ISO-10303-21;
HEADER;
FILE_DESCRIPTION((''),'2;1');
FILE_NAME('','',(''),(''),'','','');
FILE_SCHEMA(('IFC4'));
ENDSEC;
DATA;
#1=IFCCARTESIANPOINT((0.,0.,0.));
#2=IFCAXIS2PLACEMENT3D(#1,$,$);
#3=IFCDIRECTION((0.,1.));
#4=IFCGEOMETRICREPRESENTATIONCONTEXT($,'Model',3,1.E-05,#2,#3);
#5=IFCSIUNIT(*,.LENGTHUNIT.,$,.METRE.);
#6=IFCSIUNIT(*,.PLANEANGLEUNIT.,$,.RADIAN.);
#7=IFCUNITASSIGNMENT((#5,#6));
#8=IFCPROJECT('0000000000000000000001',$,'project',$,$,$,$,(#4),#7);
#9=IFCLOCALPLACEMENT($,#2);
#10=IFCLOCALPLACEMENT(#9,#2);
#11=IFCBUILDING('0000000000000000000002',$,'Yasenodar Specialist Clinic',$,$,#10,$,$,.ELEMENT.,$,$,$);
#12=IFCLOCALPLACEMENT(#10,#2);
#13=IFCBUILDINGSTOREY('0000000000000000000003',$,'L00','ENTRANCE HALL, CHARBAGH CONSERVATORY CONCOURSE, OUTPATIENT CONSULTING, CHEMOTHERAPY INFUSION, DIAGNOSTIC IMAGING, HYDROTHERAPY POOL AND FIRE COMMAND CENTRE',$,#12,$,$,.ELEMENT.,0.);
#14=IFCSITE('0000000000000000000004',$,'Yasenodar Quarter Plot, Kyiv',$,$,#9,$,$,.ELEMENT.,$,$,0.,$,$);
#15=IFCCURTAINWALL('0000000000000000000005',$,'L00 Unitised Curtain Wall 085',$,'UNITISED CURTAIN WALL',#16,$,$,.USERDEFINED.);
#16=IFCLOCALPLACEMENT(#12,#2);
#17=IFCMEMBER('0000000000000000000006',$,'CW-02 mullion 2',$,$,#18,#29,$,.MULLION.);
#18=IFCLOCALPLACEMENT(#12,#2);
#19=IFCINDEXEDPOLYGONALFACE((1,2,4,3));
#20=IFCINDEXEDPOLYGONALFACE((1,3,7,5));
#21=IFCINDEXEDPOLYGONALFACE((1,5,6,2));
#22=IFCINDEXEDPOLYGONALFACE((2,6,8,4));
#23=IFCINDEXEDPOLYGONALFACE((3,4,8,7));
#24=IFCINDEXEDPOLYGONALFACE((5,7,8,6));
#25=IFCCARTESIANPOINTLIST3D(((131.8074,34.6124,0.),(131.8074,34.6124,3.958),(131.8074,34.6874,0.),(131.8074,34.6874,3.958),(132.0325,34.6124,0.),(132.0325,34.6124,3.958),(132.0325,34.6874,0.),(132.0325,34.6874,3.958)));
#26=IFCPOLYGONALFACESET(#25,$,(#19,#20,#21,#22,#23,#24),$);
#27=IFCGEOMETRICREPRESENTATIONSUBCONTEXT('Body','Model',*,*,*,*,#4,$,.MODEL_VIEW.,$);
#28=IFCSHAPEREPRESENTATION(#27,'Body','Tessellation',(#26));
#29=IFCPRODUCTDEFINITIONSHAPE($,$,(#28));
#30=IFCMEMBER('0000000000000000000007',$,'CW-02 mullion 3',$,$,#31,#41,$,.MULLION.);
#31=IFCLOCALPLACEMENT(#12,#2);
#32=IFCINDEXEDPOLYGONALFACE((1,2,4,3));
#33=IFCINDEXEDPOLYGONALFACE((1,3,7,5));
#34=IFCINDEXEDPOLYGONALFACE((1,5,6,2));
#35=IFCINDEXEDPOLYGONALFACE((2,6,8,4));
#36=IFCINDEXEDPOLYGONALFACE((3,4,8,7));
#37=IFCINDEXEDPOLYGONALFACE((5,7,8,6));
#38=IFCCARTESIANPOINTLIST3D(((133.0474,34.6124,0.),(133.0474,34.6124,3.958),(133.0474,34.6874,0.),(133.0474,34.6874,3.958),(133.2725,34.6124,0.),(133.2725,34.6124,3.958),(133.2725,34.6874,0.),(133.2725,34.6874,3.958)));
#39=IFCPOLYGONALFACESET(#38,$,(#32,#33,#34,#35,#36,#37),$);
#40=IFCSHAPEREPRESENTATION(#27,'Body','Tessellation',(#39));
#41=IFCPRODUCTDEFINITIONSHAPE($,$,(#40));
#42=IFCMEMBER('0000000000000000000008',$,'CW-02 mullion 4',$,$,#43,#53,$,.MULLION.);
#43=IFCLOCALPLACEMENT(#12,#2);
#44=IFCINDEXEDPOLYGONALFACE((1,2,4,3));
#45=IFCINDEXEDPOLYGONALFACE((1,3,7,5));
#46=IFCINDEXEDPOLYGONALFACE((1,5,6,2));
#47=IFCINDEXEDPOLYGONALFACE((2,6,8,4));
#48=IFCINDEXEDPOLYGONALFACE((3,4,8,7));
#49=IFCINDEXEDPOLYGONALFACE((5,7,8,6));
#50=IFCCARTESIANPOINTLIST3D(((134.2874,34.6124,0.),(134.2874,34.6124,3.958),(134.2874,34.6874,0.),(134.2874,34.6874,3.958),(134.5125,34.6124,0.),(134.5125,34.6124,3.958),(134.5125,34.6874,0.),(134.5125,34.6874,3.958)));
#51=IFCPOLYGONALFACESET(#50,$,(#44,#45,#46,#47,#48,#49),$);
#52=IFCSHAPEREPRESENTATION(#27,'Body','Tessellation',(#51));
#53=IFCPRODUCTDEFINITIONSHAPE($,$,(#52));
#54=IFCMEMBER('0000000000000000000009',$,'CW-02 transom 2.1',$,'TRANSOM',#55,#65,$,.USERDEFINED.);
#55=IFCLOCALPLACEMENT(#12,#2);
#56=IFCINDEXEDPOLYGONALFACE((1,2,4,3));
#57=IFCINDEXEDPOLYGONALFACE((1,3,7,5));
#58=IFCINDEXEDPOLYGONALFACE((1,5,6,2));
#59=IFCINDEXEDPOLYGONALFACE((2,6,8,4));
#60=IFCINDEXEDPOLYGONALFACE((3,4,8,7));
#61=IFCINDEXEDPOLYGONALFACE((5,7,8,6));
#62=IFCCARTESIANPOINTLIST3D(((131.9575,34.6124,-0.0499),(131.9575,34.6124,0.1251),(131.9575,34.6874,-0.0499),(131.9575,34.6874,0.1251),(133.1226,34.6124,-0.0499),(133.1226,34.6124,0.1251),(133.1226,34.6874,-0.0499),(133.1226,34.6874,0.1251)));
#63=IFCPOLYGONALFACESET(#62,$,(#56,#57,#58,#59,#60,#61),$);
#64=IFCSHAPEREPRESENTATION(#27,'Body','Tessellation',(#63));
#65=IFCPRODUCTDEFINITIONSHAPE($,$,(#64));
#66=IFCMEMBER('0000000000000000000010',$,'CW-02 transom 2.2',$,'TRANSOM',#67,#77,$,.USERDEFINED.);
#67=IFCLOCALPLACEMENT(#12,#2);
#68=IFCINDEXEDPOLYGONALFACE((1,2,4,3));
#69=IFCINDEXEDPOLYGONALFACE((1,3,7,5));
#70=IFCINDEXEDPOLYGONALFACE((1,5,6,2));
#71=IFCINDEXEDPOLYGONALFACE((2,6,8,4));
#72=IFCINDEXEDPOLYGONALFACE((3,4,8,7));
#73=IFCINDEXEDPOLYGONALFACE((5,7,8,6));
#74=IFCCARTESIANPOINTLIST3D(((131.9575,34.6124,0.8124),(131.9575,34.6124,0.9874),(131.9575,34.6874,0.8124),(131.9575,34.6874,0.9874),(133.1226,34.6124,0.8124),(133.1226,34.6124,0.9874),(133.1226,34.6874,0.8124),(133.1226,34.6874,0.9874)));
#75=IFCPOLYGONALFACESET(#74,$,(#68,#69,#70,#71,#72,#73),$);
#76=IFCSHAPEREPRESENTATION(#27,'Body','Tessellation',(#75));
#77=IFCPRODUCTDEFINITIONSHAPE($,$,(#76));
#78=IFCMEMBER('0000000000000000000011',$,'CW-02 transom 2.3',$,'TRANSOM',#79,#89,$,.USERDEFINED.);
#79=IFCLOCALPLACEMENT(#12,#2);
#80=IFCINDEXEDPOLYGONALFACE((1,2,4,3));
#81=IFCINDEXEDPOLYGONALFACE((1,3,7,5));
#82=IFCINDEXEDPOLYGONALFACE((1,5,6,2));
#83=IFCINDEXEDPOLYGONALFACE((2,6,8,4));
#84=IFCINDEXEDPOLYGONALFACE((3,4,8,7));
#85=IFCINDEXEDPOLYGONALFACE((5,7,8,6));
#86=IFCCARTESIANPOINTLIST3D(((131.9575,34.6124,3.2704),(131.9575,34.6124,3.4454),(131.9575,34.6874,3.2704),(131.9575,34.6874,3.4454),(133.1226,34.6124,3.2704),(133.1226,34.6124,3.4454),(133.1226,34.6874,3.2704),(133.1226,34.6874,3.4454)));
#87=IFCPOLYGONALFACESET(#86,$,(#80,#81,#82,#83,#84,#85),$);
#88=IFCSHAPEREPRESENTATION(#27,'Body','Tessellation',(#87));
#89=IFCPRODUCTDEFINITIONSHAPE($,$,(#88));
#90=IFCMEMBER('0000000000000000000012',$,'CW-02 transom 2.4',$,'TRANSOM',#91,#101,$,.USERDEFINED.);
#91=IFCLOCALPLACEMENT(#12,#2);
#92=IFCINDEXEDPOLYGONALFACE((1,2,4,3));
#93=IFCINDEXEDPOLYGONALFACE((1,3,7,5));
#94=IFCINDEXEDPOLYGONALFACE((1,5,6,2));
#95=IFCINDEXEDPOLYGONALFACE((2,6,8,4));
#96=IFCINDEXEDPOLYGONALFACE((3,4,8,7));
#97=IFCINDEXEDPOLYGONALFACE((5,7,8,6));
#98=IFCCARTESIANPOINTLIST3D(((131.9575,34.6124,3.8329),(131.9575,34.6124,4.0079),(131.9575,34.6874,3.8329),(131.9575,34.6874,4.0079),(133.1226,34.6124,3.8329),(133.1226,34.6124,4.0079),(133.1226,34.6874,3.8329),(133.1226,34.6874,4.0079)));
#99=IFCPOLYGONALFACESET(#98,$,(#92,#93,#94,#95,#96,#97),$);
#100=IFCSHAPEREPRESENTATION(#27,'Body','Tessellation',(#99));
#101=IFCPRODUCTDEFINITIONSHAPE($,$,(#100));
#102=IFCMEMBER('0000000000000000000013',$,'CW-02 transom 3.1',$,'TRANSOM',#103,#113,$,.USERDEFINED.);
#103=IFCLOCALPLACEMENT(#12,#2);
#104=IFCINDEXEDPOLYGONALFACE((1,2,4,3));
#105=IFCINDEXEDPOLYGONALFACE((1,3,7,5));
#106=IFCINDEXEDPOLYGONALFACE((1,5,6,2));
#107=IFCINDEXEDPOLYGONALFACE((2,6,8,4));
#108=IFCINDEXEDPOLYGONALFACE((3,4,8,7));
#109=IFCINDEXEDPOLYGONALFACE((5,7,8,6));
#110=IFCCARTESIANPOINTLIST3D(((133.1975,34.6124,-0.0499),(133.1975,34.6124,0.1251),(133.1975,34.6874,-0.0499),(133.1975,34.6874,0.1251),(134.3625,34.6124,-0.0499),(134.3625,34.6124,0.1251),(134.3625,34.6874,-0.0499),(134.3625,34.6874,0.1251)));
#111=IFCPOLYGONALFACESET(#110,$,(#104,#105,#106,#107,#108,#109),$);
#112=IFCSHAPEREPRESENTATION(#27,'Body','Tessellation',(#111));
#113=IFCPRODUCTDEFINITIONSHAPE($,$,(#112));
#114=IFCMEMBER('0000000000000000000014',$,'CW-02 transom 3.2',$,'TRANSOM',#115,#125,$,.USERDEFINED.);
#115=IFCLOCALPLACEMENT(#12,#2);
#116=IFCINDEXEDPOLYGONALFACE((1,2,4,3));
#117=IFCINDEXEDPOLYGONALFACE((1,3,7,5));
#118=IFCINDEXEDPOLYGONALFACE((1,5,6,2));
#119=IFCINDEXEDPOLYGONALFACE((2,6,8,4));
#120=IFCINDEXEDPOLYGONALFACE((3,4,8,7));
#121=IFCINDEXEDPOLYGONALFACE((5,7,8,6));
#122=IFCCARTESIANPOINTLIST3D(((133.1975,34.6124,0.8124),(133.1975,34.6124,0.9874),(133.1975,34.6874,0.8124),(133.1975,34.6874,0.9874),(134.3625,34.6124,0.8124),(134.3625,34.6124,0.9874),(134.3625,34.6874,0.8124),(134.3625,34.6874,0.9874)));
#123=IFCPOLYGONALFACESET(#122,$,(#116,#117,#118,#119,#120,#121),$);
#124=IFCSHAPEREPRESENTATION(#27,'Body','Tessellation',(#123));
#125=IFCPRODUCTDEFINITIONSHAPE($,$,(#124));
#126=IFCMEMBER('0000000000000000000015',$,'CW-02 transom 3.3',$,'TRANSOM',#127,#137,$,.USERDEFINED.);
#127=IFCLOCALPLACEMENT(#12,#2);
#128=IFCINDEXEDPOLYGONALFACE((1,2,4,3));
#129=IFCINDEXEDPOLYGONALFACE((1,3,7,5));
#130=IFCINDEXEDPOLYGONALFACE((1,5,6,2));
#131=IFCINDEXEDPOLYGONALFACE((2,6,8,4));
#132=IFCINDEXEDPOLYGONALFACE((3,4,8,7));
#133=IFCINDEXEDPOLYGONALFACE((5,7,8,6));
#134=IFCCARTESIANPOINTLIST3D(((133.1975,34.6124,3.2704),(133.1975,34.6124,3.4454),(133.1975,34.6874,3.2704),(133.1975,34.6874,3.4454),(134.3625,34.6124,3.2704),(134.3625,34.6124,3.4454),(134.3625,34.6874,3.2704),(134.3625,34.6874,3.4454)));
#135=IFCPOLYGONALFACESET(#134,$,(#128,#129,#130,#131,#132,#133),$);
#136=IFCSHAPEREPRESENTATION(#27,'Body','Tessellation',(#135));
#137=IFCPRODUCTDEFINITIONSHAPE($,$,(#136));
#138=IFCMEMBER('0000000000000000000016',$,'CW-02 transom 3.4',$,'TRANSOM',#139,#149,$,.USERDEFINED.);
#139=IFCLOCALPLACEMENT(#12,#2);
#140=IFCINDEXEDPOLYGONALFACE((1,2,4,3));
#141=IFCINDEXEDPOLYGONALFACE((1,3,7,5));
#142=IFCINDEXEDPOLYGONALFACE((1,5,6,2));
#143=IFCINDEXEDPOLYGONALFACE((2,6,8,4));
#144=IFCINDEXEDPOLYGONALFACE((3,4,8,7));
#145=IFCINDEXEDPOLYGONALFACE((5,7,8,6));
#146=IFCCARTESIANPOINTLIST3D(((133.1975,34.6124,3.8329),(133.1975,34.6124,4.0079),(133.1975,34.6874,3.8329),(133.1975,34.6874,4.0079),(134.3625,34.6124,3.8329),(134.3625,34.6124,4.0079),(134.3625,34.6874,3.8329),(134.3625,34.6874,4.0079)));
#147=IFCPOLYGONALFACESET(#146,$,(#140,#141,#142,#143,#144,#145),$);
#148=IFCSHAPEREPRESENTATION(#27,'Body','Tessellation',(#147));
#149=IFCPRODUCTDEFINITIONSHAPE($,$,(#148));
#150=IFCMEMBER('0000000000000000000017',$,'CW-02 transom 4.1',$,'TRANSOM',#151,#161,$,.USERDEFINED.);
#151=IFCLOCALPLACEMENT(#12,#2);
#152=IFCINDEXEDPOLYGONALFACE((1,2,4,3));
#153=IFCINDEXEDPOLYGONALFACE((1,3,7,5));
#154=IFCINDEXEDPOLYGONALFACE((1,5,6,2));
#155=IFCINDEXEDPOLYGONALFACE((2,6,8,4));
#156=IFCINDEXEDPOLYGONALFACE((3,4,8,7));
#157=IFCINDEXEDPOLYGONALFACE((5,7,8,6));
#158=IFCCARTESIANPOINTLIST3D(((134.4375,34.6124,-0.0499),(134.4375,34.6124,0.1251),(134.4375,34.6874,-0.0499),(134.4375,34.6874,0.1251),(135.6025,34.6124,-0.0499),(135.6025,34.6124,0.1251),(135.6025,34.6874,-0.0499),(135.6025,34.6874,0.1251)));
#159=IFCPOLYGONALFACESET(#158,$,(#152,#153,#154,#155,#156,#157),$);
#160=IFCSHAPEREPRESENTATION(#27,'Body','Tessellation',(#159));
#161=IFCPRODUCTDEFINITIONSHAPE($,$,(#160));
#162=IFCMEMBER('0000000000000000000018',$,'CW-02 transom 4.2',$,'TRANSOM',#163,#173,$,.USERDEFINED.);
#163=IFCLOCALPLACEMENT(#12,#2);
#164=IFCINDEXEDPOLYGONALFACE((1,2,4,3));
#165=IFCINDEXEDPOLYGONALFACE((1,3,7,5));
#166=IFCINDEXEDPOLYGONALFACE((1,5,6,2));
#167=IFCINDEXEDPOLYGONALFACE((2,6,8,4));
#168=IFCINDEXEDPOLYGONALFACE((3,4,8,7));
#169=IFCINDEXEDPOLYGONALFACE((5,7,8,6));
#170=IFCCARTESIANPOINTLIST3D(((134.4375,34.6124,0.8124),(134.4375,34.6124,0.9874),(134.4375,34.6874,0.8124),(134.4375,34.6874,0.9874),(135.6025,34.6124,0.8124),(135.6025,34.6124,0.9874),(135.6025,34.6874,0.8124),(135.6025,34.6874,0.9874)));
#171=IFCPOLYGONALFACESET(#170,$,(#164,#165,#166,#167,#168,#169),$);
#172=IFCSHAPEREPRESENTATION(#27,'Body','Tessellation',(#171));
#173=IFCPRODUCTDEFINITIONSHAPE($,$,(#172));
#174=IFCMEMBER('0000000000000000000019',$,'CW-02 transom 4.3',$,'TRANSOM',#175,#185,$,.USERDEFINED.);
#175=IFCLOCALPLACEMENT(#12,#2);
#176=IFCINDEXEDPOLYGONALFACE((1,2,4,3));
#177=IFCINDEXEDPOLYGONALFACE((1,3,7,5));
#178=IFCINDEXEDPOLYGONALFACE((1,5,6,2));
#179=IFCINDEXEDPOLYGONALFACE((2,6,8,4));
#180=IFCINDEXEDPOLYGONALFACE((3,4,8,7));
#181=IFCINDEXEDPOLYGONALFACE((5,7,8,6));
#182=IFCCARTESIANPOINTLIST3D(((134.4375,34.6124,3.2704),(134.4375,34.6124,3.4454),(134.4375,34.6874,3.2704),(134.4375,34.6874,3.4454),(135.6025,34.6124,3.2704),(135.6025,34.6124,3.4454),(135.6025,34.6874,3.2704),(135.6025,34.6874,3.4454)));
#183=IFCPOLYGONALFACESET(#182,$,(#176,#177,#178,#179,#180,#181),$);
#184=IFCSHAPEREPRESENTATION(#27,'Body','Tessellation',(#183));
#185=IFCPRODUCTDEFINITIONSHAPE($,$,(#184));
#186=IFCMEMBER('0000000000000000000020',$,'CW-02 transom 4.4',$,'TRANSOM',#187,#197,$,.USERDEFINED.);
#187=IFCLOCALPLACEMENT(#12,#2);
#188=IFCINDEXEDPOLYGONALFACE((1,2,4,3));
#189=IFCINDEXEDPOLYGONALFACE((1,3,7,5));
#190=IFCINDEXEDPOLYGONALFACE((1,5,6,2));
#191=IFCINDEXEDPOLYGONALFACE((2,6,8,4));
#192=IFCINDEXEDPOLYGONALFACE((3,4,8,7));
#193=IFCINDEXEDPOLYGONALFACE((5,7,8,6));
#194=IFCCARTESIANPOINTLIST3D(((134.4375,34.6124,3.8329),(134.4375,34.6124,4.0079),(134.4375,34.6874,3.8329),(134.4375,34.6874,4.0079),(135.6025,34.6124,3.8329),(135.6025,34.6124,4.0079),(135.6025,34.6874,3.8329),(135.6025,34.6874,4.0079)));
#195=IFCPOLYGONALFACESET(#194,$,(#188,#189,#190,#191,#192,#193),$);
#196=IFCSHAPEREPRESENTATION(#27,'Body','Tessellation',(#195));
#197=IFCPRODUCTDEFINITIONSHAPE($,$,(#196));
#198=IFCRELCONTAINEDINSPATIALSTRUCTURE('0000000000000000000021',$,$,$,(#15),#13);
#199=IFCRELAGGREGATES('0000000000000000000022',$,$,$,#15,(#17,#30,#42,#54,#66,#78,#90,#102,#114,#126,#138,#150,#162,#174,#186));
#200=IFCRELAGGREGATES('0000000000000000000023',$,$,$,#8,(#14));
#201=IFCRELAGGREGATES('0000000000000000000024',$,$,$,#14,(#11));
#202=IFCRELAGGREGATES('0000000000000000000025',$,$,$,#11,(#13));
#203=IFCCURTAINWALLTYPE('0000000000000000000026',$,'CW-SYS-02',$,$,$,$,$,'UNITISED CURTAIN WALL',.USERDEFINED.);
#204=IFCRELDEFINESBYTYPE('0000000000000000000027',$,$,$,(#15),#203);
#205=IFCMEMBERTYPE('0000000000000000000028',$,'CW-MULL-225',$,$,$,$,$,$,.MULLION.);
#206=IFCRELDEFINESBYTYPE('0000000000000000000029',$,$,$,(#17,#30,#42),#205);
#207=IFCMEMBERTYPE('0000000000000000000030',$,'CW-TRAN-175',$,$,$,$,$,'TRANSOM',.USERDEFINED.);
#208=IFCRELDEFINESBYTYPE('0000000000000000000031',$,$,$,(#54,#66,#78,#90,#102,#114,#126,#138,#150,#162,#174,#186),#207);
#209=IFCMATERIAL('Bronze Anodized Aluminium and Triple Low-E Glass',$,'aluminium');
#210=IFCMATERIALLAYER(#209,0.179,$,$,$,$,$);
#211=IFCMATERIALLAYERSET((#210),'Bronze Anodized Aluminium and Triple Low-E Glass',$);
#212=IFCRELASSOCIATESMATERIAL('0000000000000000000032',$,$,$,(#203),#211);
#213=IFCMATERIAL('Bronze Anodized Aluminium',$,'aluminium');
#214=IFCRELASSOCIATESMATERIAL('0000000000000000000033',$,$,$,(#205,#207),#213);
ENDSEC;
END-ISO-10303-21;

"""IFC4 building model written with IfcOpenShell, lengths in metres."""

from ifc_helpers import new_model, si_unit, direction, frame, origin, origin_2d, place, context, subcontext, project, spatial, rectangle, extrude, material, layer, layer_set, material_profile, profile_set, type_object, element, aggregate, save


model = new_model("IFC4")

# Units and contexts
model_context = context("Model", 3, precision=1e-05, world=origin(), true_north=direction((0.0, 1.0)))
body_context = subcontext(model_context, "Body", "Model", "MODEL_VIEW")
ifc_project = project(units=[si_unit("LENGTHUNIT", "METRE"), si_unit("PLANEANGLEUNIT", "RADIAN")], contexts=[model_context])

# Site, building, storey
site_placement = place(None, origin())
site = spatial("IfcSite", under=ifc_project, at=site_placement, Name="Yasenodar Quarter Plot, Kyiv", CompositionType="ELEMENT", RefElevation=0.0)
building_placement = place(site_placement, origin())
building = spatial("IfcBuilding", under=site, at=building_placement, Name="Yasenodar Specialist Clinic", CompositionType="ELEMENT")
storey_placement = place(building_placement, origin())
storey = spatial("IfcBuildingStorey", under=building, at=storey_placement, Name="L00", Description="ENTRANCE HALL, CHARBAGH CONSERVATORY CONCOURSE, OUTPATIENT CONSULTING, CHEMOTHERAPY INFUSION, DIAGNOSTIC IMAGING, HYDROTHERAPY POOL AND FIRE COMMAND CENTRE", CompositionType="ELEMENT", Elevation=0.0)

# Curtain wall, members
ifc_material_1 = material(Name="Bronze Anodized Aluminium and Triple Low-E Glass", Category="aluminium")
ifc_layer_1 = layer(ifc_material_1, 0.179)
ifc_layer_set_1 = layer_set([ifc_layer_1], Name="Bronze Anodized Aluminium and Triple Low-E Glass")
curtain_wall_type = type_object("IfcCurtainWallType", Name="CW-SYS-02", ElementType="UNITISED CURTAIN WALL", PredefinedType="USERDEFINED", material=ifc_layer_set_1)
curtain_wall_placement = place(storey_placement, origin())
curtain_wall = element("IfcCurtainWall", 1, at=curtain_wall_placement, inside=storey, type_object=curtain_wall_type, Name="L00 Unitised Curtain Wall 085", ObjectType="UNITISED CURTAIN WALL", PredefinedType="USERDEFINED")
ifc_material_2 = material(Name="Bronze Anodized Aluminium", Category="aluminium")
ifc_material_profile_1 = material_profile(ifc_material_2, rectangle(XDim=0.075, YDim=0.2251, at=origin_2d()), Name="CW-MULL 75x225")
ifc_profile_set_1 = profile_set([ifc_material_profile_1], Name="Bronze Anodized Aluminium")
member_type_1 = type_object("IfcMemberType", Name="CW-MULL-225", PredefinedType="MULLION", material=ifc_profile_set_1)
member_1_placement = place(storey_placement, frame((131.9199, 34.6499, 0.0), z_axis=(0.0, 0.0, 1.0), x_axis=(0.0, 1.0, 0.0)))
member_1 = element("IfcMember", 2, at=member_1_placement, type_object=member_type_1, Name="CW-02 mullion 2", PredefinedType="MULLION", context=body_context, shape_type="SweptSolid", body=[
    extrude(rectangle(XDim=0.075, YDim=0.2251, at=origin_2d()), origin(), (0.0, 0.0, 1.0), 3.958),
])
member_2_placement = place(storey_placement, frame((133.1599, 34.6499, 0.0), z_axis=(0.0, 0.0, 1.0), x_axis=(0.0, 1.0, 0.0)))
member_2 = element("IfcMember", 3, at=member_2_placement, type_object=member_type_1, Name="CW-02 mullion 3", PredefinedType="MULLION", context=body_context, shape_type="SweptSolid", body=[
    extrude(rectangle(XDim=0.075, YDim=0.2251, at=origin_2d()), origin(), (0.0, 0.0, 1.0), 3.958),
])
member_3_placement = place(storey_placement, frame((134.3999, 34.6499, 0.0), z_axis=(0.0, 0.0, 1.0), x_axis=(0.0, 1.0, 0.0)))
member_3 = element("IfcMember", 4, at=member_3_placement, type_object=member_type_1, Name="CW-02 mullion 4", PredefinedType="MULLION", context=body_context, shape_type="SweptSolid", body=[
    extrude(rectangle(XDim=0.075, YDim=0.2251, at=origin_2d()), origin(), (0.0, 0.0, 1.0), 3.958),
])
ifc_material_profile_2 = material_profile(ifc_material_2, rectangle(XDim=0.075, YDim=0.175, at=origin_2d()), Name="CW-TRAN 75x175")
ifc_profile_set_2 = profile_set([ifc_material_profile_2], Name="Bronze Anodized Aluminium")
member_type_2 = type_object("IfcMemberType", Name="CW-TRAN-175", ElementType="TRANSOM", PredefinedType="USERDEFINED", material=ifc_profile_set_2)
member_4_placement = place(storey_placement, frame((131.9575, 34.6499, 0.0376), z_axis=(1.0, 0.0, 0.0), x_axis=(0.0, 1.0, 0.0)))
member_4 = element("IfcMember", 5, at=member_4_placement, type_object=member_type_2, Name="CW-02 transom 2.1", ObjectType="TRANSOM", PredefinedType="USERDEFINED", context=body_context, shape_type="SweptSolid", body=[
    extrude(rectangle(XDim=0.075, YDim=0.175, at=origin_2d()), origin(), (0.0, 0.0, 1.0), 1.165),
])
member_5_placement = place(storey_placement, frame((131.9575, 34.6499, 0.8999), z_axis=(1.0, 0.0, 0.0), x_axis=(0.0, 1.0, 0.0)))
member_5 = element("IfcMember", 6, at=member_5_placement, type_object=member_type_2, Name="CW-02 transom 2.2", ObjectType="TRANSOM", PredefinedType="USERDEFINED", context=body_context, shape_type="SweptSolid", body=[
    extrude(rectangle(XDim=0.075, YDim=0.175, at=origin_2d()), origin(), (0.0, 0.0, 1.0), 1.165),
])
member_6_placement = place(storey_placement, frame((131.9575, 34.6499, 3.3579), z_axis=(1.0, 0.0, 0.0), x_axis=(0.0, 1.0, 0.0)))
member_6 = element("IfcMember", 7, at=member_6_placement, type_object=member_type_2, Name="CW-02 transom 2.3", ObjectType="TRANSOM", PredefinedType="USERDEFINED", context=body_context, shape_type="SweptSolid", body=[
    extrude(rectangle(XDim=0.075, YDim=0.175, at=origin_2d()), origin(), (0.0, 0.0, 1.0), 1.165),
])
member_7_placement = place(storey_placement, frame((131.9575, 34.6499, 3.9204), z_axis=(1.0, 0.0, 0.0), x_axis=(0.0, 1.0, 0.0)))
member_7 = element("IfcMember", 8, at=member_7_placement, type_object=member_type_2, Name="CW-02 transom 2.4", ObjectType="TRANSOM", PredefinedType="USERDEFINED", context=body_context, shape_type="SweptSolid", body=[
    extrude(rectangle(XDim=0.075, YDim=0.175, at=origin_2d()), origin(), (0.0, 0.0, 1.0), 1.165),
])
member_8_placement = place(storey_placement, frame((133.1975, 34.6499, 0.0376), z_axis=(1.0, 0.0, 0.0), x_axis=(0.0, 1.0, 0.0)))
member_8 = element("IfcMember", 9, at=member_8_placement, type_object=member_type_2, Name="CW-02 transom 3.1", ObjectType="TRANSOM", PredefinedType="USERDEFINED", context=body_context, shape_type="SweptSolid", body=[
    extrude(rectangle(XDim=0.075, YDim=0.175, at=origin_2d()), origin(), (0.0, 0.0, 1.0), 1.165),
])
member_9_placement = place(storey_placement, frame((133.1975, 34.6499, 0.8999), z_axis=(1.0, 0.0, 0.0), x_axis=(0.0, 1.0, 0.0)))
member_9 = element("IfcMember", 10, at=member_9_placement, type_object=member_type_2, Name="CW-02 transom 3.2", ObjectType="TRANSOM", PredefinedType="USERDEFINED", context=body_context, shape_type="SweptSolid", body=[
    extrude(rectangle(XDim=0.075, YDim=0.175, at=origin_2d()), origin(), (0.0, 0.0, 1.0), 1.165),
])
member_10_placement = place(storey_placement, frame((133.1975, 34.6499, 3.3579), z_axis=(1.0, 0.0, 0.0), x_axis=(0.0, 1.0, 0.0)))
member_10 = element("IfcMember", 11, at=member_10_placement, type_object=member_type_2, Name="CW-02 transom 3.3", ObjectType="TRANSOM", PredefinedType="USERDEFINED", context=body_context, shape_type="SweptSolid", body=[
    extrude(rectangle(XDim=0.075, YDim=0.175, at=origin_2d()), origin(), (0.0, 0.0, 1.0), 1.165),
])
member_11_placement = place(storey_placement, frame((133.1975, 34.6499, 3.9204), z_axis=(1.0, 0.0, 0.0), x_axis=(0.0, 1.0, 0.0)))
member_11 = element("IfcMember", 12, at=member_11_placement, type_object=member_type_2, Name="CW-02 transom 3.4", ObjectType="TRANSOM", PredefinedType="USERDEFINED", context=body_context, shape_type="SweptSolid", body=[
    extrude(rectangle(XDim=0.075, YDim=0.175, at=origin_2d()), origin(), (0.0, 0.0, 1.0), 1.165),
])
member_12_placement = place(storey_placement, frame((134.4375, 34.6499, 0.0376), z_axis=(1.0, 0.0, 0.0), x_axis=(0.0, 1.0, 0.0)))
member_12 = element("IfcMember", 13, at=member_12_placement, type_object=member_type_2, Name="CW-02 transom 4.1", ObjectType="TRANSOM", PredefinedType="USERDEFINED", context=body_context, shape_type="SweptSolid", body=[
    extrude(rectangle(XDim=0.075, YDim=0.175, at=origin_2d()), origin(), (0.0, 0.0, 1.0), 1.165),
])
member_13_placement = place(storey_placement, frame((134.4375, 34.6499, 0.8999), z_axis=(1.0, 0.0, 0.0), x_axis=(0.0, 1.0, 0.0)))
member_13 = element("IfcMember", 14, at=member_13_placement, type_object=member_type_2, Name="CW-02 transom 4.2", ObjectType="TRANSOM", PredefinedType="USERDEFINED", context=body_context, shape_type="SweptSolid", body=[
    extrude(rectangle(XDim=0.075, YDim=0.175, at=origin_2d()), origin(), (0.0, 0.0, 1.0), 1.165),
])
member_14_placement = place(storey_placement, frame((134.4375, 34.6499, 3.3579), z_axis=(1.0, 0.0, 0.0), x_axis=(0.0, 1.0, 0.0)))
member_14 = element("IfcMember", 15, at=member_14_placement, type_object=member_type_2, Name="CW-02 transom 4.3", ObjectType="TRANSOM", PredefinedType="USERDEFINED", context=body_context, shape_type="SweptSolid", body=[
    extrude(rectangle(XDim=0.075, YDim=0.175, at=origin_2d()), origin(), (0.0, 0.0, 1.0), 1.165),
])
member_15_placement = place(storey_placement, frame((134.4375, 34.6499, 3.9204), z_axis=(1.0, 0.0, 0.0), x_axis=(0.0, 1.0, 0.0)))
member_15 = element("IfcMember", 16, at=member_15_placement, type_object=member_type_2, Name="CW-02 transom 4.4", ObjectType="TRANSOM", PredefinedType="USERDEFINED", context=body_context, shape_type="SweptSolid", body=[
    extrude(rectangle(XDim=0.075, YDim=0.175, at=origin_2d()), origin(), (0.0, 0.0, 1.0), 1.165),
])
aggregate(curtain_wall, [member_1, member_2, member_3, member_4, member_5, member_6, member_7, member_8, member_9, member_10, member_11, member_12, member_13, member_14, member_15])

save(model, "model.ifc")
